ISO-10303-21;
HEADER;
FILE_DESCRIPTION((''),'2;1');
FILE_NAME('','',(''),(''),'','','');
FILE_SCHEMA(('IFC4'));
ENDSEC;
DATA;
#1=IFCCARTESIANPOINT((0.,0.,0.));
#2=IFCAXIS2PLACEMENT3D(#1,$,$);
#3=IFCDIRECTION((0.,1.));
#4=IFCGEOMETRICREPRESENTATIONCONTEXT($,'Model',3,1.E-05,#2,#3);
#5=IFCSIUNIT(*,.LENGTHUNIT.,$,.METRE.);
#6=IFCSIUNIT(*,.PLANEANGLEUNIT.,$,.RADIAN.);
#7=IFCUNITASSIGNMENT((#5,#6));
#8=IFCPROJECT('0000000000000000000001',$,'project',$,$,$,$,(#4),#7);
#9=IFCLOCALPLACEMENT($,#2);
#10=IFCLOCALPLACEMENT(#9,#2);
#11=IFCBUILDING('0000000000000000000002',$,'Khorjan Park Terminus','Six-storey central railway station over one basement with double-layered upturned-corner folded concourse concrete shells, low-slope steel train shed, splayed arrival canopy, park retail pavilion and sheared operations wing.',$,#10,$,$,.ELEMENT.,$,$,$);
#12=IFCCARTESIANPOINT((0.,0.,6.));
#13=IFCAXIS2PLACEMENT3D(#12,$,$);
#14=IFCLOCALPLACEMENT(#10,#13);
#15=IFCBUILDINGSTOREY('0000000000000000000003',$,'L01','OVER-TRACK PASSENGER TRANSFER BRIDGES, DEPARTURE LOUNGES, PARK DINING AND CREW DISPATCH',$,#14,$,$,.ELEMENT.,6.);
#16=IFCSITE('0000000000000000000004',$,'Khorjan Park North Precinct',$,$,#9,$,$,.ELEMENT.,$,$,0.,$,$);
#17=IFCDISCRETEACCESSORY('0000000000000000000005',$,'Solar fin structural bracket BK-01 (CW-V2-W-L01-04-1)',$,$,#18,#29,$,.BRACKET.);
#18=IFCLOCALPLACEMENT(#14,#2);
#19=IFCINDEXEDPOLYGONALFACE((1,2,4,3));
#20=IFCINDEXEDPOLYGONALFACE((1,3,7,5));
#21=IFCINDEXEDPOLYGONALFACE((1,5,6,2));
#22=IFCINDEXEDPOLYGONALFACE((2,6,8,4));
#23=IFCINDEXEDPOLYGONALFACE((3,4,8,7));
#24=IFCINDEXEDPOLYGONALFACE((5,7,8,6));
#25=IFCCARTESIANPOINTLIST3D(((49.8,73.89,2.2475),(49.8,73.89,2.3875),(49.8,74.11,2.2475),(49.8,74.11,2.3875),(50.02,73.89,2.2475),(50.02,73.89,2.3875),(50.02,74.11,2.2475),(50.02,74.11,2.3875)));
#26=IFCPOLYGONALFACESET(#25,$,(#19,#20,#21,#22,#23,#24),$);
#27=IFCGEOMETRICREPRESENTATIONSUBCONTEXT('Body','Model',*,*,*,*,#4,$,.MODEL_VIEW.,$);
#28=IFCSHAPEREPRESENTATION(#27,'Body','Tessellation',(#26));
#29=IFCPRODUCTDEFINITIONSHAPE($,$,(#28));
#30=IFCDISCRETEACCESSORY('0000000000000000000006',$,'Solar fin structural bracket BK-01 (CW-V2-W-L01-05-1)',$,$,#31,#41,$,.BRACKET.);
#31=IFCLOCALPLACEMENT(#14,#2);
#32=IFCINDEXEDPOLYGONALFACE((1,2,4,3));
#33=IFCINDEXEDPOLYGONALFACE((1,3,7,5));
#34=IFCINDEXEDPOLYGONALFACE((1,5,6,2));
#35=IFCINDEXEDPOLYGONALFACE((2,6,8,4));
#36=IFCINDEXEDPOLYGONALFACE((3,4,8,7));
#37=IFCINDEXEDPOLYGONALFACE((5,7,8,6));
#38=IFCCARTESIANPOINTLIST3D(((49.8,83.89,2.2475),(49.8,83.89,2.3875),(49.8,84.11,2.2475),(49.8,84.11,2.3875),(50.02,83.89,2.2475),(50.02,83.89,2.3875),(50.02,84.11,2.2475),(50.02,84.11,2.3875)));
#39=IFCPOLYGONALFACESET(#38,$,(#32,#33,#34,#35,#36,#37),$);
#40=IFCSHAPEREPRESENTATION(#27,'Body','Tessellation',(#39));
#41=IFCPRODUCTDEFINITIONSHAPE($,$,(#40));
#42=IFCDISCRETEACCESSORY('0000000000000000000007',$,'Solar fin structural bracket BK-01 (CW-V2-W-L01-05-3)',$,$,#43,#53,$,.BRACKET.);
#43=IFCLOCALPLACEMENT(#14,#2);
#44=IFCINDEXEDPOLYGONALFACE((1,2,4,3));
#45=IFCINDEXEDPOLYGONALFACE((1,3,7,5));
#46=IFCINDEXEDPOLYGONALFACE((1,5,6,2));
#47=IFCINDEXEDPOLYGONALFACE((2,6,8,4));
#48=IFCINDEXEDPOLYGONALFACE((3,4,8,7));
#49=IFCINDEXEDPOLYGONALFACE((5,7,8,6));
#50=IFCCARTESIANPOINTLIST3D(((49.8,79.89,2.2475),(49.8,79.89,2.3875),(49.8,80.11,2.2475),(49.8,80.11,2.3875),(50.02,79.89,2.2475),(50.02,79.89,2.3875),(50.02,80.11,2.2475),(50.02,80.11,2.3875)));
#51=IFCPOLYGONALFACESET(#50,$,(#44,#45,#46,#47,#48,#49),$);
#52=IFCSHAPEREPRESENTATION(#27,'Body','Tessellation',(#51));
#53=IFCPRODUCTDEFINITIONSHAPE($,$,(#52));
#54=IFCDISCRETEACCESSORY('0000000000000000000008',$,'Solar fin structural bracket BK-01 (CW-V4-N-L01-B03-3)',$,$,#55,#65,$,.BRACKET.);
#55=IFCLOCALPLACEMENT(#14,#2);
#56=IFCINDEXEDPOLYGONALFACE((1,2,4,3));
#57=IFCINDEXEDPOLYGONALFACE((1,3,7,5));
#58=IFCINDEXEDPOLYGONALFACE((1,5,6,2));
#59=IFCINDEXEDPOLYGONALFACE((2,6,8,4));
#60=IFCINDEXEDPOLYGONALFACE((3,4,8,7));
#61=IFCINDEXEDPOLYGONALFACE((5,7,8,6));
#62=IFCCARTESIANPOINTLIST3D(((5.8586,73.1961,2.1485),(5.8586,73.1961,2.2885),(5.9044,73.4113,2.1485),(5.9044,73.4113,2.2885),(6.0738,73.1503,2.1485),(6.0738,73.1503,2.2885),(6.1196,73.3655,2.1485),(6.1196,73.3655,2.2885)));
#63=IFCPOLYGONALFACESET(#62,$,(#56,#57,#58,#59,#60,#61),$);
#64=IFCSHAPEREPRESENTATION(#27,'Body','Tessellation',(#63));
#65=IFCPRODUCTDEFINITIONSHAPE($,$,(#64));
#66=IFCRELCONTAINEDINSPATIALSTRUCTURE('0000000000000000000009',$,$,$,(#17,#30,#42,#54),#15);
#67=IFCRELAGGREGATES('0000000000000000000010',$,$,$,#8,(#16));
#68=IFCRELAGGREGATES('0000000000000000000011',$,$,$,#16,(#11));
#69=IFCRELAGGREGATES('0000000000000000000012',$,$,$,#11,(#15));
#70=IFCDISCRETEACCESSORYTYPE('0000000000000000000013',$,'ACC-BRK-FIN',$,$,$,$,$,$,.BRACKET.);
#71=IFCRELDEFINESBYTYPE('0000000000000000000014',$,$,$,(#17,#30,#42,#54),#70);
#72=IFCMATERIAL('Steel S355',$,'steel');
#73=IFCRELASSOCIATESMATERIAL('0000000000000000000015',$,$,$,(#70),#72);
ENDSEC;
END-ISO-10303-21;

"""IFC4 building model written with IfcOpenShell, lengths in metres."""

from ifc_helpers import new_model, si_unit, direction, frame, origin, origin_2d, place, context, subcontext, project, spatial, rectangle, extrude, material, type_object, element, save


model = new_model("IFC4")

# Units and contexts
model_context = context("Model", 3, precision=1e-05, world=origin(), true_north=direction((0.0, 1.0)))
body_context = subcontext(model_context, "Body", "Model", "MODEL_VIEW")
ifc_project = project(units=[si_unit("LENGTHUNIT", "METRE"), si_unit("PLANEANGLEUNIT", "RADIAN")], contexts=[model_context])

# Site, building, storey
site_placement = place(None, origin())
site = spatial("IfcSite", under=ifc_project, at=site_placement, Name="Khorjan Park North Precinct", CompositionType="ELEMENT", RefElevation=0.0)
building_placement = place(site_placement, origin())
building = spatial("IfcBuilding", under=site, at=building_placement, Name="Khorjan Park Terminus", Description="Six-storey central railway station over one basement with double-layered upturned-corner folded concourse concrete shells, low-slope steel train shed, splayed arrival canopy, park retail pavilion and sheared operations wing.", CompositionType="ELEMENT")
storey_placement = place(building_placement, frame((0.0, 0.0, 6.0)))
storey = spatial("IfcBuildingStorey", under=building, at=storey_placement, Name="L01", Description="OVER-TRACK PASSENGER TRANSFER BRIDGES, DEPARTURE LOUNGES, PARK DINING AND CREW DISPATCH", CompositionType="ELEMENT", Elevation=6.0)

# Shared definitions
ifc_material_1 = material(Name="Steel S355", Category="steel")

# Discrete accessories
discrete_accessory_type = type_object("IfcDiscreteAccessoryType", Name="ACC-BRK-FIN", PredefinedType="BRACKET", material=ifc_material_1)
for number, where, z_axis, x_axis, name in (
    (1, (49.91, 74.0, 2.2475), (0.0, 0.0, 1.0), (0.0, -1.0, 0.0), "Solar fin structural bracket BK-01 (CW-V2-W-L01-04-1)"),
    (2, (49.91, 84.0, 2.2475), (0.0, 0.0, 1.0), (0.0, -1.0, 0.0), "Solar fin structural bracket BK-01 (CW-V2-W-L01-05-1)"),
    (3, (49.91, 80.0, 2.2475), (0.0, 0.0, 1.0), (0.0, -1.0, 0.0), "Solar fin structural bracket BK-01 (CW-V2-W-L01-05-3)"),
    (4, (5.9891, 73.2808, 2.1485), (0.0, 0.0, 1.0), (-0.978146, 0.207917, 0.0), "Solar fin structural bracket BK-01 (CW-V4-N-L01-B03-3)"),
):
    element("IfcDiscreteAccessory", number, at=place(storey_placement, frame(where, z_axis=z_axis, x_axis=x_axis)), inside=storey, type_object=discrete_accessory_type, Name=name, PredefinedType="BRACKET", context=body_context, shape_type="SweptSolid", body=[
        extrude(rectangle(XDim=0.22, YDim=0.22, at=origin_2d()), origin(), (0.0, 0.0, 1.0), 0.14),
    ])

save(model, "model.ifc")
